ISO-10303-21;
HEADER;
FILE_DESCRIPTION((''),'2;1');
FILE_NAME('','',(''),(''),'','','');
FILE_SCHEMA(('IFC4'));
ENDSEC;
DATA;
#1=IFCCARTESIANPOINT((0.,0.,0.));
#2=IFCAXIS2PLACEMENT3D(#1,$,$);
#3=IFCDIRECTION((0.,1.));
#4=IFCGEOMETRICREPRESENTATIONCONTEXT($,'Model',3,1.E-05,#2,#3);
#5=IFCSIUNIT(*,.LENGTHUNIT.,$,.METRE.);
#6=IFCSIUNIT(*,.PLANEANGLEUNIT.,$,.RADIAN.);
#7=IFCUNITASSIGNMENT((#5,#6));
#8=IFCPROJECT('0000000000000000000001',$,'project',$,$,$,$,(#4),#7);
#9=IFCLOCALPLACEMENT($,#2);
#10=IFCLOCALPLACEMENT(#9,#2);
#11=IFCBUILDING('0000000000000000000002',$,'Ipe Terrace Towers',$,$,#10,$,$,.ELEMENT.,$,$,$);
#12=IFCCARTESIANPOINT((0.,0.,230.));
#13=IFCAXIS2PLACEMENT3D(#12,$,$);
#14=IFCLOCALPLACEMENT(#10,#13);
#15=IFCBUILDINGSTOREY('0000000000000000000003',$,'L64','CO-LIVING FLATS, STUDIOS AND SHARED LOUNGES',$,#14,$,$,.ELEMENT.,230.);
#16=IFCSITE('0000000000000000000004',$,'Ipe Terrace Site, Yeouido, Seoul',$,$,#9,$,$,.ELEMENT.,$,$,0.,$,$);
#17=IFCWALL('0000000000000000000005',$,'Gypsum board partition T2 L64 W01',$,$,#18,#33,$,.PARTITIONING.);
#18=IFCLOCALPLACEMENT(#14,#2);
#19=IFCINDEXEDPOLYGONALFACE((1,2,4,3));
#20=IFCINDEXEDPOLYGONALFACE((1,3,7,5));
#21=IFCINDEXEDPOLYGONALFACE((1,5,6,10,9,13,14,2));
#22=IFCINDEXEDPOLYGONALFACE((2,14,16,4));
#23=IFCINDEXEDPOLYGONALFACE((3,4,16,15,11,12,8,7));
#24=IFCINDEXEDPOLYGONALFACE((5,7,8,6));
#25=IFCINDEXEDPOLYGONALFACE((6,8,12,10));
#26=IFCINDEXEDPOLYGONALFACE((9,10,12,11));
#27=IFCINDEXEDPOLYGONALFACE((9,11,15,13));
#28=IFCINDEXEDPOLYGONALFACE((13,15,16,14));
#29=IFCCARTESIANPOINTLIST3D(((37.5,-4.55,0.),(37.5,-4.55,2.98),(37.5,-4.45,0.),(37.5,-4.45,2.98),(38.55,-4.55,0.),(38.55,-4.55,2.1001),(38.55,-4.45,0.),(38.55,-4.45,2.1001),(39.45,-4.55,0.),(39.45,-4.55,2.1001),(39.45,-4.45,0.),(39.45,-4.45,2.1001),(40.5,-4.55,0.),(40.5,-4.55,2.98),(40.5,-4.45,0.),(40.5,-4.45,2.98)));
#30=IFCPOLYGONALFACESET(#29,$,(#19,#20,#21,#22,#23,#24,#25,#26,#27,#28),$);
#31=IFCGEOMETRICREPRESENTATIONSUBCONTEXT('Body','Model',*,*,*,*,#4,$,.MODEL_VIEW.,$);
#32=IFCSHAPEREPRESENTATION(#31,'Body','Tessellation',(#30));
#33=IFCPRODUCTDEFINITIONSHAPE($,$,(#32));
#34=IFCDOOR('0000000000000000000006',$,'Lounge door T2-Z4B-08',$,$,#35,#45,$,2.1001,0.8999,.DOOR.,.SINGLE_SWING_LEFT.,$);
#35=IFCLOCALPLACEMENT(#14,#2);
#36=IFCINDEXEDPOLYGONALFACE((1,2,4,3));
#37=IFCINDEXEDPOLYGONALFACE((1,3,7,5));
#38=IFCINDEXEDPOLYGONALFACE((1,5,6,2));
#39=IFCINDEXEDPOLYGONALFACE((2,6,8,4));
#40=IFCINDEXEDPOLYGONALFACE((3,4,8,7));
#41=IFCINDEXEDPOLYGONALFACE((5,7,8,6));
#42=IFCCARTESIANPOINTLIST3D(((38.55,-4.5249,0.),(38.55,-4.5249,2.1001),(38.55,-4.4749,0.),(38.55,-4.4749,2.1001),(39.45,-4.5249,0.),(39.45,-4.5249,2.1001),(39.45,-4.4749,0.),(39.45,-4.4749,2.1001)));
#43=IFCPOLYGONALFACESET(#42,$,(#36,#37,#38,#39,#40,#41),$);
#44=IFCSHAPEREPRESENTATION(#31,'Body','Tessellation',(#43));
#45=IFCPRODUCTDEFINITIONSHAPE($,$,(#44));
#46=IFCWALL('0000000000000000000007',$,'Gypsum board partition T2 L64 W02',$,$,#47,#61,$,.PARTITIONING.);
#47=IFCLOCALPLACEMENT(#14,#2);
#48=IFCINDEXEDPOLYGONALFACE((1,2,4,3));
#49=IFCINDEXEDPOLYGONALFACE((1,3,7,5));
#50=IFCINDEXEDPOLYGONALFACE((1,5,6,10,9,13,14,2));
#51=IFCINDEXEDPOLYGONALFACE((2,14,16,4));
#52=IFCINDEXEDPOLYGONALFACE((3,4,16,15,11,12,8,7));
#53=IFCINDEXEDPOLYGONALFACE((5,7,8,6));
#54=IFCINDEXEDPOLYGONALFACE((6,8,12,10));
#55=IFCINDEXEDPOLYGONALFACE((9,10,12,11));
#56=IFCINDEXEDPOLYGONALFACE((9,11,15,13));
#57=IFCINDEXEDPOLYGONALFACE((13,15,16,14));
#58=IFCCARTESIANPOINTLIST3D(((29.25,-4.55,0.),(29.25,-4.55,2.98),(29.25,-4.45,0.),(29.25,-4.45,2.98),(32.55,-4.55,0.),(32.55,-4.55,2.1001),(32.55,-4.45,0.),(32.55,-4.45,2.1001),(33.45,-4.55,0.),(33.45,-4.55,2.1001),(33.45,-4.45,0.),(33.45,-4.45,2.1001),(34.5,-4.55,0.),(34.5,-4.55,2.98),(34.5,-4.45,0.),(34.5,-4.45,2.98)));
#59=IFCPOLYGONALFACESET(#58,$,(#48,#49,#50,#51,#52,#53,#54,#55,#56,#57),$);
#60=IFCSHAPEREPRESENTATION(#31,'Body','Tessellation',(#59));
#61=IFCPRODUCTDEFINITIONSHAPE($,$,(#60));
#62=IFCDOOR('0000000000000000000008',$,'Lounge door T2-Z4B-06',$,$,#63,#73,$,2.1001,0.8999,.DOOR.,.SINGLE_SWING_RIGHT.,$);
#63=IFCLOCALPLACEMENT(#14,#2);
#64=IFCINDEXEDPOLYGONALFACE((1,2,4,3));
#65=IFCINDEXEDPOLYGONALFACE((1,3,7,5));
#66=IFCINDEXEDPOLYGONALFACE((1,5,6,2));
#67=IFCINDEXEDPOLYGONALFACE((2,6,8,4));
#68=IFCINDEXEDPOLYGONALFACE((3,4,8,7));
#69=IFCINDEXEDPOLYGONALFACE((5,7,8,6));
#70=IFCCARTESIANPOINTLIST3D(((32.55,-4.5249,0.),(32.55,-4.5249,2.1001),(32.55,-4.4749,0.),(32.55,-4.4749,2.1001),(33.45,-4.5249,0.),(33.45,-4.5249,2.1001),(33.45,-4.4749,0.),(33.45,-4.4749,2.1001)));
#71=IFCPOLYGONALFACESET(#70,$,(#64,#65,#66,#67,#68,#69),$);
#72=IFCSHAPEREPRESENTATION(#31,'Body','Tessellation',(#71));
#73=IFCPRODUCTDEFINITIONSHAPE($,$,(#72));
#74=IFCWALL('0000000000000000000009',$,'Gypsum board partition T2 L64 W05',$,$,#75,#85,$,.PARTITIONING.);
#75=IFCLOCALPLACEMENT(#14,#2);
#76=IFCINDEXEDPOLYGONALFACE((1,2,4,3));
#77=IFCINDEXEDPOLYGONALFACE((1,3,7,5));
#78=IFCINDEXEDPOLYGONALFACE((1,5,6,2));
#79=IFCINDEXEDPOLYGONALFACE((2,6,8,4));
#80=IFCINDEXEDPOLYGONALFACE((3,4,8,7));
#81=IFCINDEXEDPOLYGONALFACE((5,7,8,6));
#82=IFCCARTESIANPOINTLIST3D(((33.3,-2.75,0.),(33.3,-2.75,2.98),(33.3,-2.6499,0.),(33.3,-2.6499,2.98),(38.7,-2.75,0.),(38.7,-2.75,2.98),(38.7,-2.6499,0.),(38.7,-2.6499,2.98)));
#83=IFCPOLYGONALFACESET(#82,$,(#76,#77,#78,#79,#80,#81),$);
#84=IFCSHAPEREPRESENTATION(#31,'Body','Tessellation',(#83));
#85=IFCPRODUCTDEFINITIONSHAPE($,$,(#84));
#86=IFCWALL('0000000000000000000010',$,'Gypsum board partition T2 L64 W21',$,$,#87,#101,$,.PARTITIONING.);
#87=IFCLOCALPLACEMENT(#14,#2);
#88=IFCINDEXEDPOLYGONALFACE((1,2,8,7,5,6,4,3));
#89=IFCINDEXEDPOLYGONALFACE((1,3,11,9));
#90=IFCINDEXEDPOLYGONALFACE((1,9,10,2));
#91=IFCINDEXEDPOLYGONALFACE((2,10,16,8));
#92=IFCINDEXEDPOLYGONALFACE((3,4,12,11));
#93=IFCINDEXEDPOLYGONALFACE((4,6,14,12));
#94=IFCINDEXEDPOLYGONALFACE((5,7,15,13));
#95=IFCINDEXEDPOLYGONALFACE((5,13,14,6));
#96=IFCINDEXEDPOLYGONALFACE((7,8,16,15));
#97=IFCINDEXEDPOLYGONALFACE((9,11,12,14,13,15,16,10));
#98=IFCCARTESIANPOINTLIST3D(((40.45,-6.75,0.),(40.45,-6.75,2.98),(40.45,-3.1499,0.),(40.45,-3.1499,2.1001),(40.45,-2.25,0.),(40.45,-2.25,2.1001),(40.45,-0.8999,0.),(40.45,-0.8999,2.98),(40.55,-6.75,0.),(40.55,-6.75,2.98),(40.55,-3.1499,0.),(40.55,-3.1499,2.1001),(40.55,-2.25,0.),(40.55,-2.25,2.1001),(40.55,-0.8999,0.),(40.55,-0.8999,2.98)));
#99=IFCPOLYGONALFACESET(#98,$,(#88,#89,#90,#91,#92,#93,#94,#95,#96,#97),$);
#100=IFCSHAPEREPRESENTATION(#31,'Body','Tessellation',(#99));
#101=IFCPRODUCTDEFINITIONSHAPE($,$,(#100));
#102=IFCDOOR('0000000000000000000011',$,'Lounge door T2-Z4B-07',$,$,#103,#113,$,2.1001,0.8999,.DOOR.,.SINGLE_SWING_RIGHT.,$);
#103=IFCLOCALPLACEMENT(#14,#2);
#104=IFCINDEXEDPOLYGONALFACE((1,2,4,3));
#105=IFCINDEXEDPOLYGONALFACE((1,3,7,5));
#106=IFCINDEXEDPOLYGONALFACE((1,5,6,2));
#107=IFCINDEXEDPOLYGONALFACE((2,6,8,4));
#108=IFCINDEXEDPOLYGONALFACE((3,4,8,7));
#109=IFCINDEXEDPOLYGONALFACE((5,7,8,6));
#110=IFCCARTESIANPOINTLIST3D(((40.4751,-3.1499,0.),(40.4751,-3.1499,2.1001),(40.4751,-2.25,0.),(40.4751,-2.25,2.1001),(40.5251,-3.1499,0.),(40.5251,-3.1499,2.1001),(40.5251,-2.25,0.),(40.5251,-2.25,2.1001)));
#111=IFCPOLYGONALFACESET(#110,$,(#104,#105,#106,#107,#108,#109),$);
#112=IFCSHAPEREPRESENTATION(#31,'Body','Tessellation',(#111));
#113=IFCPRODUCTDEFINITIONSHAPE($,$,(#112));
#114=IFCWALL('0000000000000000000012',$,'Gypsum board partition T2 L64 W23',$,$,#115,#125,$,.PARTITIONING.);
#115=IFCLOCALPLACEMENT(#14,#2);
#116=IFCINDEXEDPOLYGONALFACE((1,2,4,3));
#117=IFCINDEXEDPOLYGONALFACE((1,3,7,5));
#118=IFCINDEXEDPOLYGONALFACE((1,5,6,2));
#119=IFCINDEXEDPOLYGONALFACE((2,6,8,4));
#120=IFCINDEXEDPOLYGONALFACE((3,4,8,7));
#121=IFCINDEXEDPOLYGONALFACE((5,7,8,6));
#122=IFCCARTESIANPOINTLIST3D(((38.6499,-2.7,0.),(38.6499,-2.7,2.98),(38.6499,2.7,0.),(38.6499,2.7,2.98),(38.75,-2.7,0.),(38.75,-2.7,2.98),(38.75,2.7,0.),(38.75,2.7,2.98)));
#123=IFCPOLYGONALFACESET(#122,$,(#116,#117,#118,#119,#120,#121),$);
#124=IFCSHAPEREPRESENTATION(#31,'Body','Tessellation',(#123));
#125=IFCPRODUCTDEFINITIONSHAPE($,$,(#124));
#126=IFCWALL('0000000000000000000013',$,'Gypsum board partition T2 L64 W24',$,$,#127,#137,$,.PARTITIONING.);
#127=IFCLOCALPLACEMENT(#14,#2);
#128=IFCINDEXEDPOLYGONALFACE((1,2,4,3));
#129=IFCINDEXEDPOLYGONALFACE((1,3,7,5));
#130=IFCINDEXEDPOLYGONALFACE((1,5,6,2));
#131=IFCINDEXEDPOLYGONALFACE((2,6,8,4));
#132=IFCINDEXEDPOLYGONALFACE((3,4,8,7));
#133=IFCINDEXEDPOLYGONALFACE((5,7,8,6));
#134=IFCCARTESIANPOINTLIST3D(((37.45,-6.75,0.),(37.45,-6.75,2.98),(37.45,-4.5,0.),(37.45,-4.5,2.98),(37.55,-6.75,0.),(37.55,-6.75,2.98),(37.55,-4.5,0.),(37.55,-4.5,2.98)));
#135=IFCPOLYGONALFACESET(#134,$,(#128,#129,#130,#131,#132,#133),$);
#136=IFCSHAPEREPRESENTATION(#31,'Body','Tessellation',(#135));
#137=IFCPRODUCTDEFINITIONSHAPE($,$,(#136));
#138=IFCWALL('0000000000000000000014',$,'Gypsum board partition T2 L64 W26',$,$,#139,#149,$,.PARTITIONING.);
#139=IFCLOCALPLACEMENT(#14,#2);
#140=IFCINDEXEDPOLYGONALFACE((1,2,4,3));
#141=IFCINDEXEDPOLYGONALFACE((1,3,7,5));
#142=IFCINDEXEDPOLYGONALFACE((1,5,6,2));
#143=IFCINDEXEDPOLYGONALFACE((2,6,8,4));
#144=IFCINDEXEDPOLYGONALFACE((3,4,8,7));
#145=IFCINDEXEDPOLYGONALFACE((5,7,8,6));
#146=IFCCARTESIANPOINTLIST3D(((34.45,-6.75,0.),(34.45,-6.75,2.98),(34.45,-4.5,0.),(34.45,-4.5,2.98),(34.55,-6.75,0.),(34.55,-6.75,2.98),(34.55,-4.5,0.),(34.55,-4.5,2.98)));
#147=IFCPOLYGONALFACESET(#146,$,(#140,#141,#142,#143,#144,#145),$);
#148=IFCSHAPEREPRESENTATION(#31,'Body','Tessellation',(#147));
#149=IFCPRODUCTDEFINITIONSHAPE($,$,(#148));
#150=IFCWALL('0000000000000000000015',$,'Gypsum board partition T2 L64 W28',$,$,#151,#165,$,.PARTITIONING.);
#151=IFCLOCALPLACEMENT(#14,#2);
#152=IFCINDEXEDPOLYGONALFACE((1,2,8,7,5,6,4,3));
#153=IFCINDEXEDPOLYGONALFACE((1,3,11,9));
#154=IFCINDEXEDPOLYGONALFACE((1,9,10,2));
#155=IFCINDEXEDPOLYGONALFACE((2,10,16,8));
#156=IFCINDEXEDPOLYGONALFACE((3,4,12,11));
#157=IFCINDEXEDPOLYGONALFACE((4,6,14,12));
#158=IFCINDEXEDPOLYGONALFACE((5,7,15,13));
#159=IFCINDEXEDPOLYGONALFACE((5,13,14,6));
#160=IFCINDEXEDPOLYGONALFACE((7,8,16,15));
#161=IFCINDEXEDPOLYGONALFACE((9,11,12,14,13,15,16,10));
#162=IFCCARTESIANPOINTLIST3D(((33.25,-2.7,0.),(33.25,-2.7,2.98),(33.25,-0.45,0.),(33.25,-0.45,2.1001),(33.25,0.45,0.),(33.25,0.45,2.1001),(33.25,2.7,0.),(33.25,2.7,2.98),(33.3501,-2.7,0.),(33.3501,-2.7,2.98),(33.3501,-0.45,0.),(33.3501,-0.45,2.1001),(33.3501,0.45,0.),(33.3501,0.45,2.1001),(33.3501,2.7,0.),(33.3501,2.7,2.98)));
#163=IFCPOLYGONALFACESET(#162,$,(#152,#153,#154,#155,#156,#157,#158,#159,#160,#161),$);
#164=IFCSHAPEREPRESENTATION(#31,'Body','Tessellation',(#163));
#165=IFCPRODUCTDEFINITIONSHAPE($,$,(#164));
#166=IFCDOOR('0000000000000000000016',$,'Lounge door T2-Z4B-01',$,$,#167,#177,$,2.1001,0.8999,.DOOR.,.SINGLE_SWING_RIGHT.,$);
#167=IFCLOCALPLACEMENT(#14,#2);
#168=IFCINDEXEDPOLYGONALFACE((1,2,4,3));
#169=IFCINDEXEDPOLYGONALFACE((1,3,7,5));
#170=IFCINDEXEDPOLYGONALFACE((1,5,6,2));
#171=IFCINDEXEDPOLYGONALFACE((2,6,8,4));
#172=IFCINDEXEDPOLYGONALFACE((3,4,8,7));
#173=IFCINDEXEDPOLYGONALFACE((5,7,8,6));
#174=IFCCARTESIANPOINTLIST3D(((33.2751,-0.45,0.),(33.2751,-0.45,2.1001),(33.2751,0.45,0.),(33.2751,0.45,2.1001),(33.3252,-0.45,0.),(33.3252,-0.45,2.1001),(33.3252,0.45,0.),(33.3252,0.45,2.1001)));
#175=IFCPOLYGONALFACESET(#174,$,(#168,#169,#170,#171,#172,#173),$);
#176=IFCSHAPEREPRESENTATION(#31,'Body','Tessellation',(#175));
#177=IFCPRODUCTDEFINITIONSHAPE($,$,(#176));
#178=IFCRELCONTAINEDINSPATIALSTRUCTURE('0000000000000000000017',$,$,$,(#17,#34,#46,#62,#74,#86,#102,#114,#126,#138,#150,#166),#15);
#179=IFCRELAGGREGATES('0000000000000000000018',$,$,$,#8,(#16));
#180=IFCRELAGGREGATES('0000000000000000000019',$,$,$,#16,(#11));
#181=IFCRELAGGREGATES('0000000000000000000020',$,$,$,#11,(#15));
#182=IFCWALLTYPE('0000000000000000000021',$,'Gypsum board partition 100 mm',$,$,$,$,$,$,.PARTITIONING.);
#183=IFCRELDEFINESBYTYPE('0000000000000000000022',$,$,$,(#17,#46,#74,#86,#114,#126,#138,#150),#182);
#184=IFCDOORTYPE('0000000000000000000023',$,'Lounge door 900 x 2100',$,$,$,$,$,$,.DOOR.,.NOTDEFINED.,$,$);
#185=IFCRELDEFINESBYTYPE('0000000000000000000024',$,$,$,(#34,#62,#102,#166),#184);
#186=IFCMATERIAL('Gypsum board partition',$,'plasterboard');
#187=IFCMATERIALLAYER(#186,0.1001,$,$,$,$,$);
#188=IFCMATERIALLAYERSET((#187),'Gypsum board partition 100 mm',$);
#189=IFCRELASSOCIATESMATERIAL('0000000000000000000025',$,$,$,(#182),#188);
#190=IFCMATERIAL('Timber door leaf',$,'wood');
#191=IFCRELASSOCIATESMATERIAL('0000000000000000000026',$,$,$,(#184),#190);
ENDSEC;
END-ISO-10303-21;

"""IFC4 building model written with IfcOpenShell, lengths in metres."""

from ifc_helpers import new_model, si_unit, direction, frame, frame_2d, origin, place, context, subcontext, project, spatial, rectangle, extrude, material, layer, layer_set, type_object, element, fill, save


model = new_model("IFC4")

# Units and contexts
model_context = context("Model", 3, precision=1e-05, world=origin(), true_north=direction((0.0, 1.0)))
body_context = subcontext(model_context, "Body", "Model", "MODEL_VIEW")
ifc_project = project(units=[si_unit("LENGTHUNIT", "METRE"), si_unit("PLANEANGLEUNIT", "RADIAN")], contexts=[model_context])

# Site, building, storey
site_placement = place(None, origin())
site = spatial("IfcSite", under=ifc_project, at=site_placement, Name="Ipe Terrace Site, Yeouido, Seoul", CompositionType="ELEMENT", RefElevation=0.0)
building_placement = place(site_placement, origin())
building = spatial("IfcBuilding", under=site, at=building_placement, Name="Ipe Terrace Towers", CompositionType="ELEMENT")
storey_placement = place(building_placement, frame((0.0, 0.0, 230.0)))
storey = spatial("IfcBuildingStorey", under=building, at=storey_placement, Name="L64", Description="CO-LIVING FLATS, STUDIOS AND SHARED LOUNGES", CompositionType="ELEMENT", Elevation=230.0)

# Walls, openings, doors
ifc_material_1 = material(Name="Gypsum board partition", Category="plasterboard")
ifc_layer_1 = layer(ifc_material_1, 0.1001)
ifc_layer_set_1 = layer_set([ifc_layer_1], Name="Gypsum board partition 100 mm")
wall_type_1 = type_object("IfcWallType", Name="Gypsum board partition 100 mm", PredefinedType="PARTITIONING", material=ifc_layer_set_1)
wall_1_placement = place(storey_placement, frame((40.5, -4.5, 0.0), z_axis=(0.0, 0.0, 1.0), x_axis=(-1.0, 0.0, 0.0)))
wall_1 = element("IfcWall", 1, at=wall_1_placement, inside=storey, type_object=wall_type_1, Name="Gypsum board partition T2 L64 W01", PredefinedType="PARTITIONING", context=body_context, shape_type="SweptSolid", body=[
    extrude(rectangle(XDim=3.0, YDim=0.1001, at=frame_2d((1.5, 0.0))), origin(), (0.0, 0.0, 1.0), 2.98),
])
opening_1_placement = place(wall_1_placement, frame((1.05, 0.0, 0.0)))
opening_1 = element("IfcOpeningElement", 2, at=opening_1_placement, cuts=wall_1, PredefinedType="OPENING", context=body_context, shape_type="SweptSolid", body=[
    extrude(rectangle(XDim=0.8999, YDim=2.1001, at=frame_2d((0.45, 1.05))), frame((0.0, 0.0601, 0.0), z_axis=(0.0, -1.0, 0.0), x_axis=(1.0, 0.0, 0.0)), (0.0, 0.0, 1.0), 0.1201),
])
ifc_material_2 = material(Name="Timber door leaf", Category="wood")
door_type = type_object("IfcDoorType", Name="Lounge door 900 x 2100", OperationType="NOTDEFINED", PredefinedType="DOOR", material=ifc_material_2)
door_1_placement = place(opening_1_placement, origin())
door_1 = element("IfcDoor", 3, at=door_1_placement, inside=storey, type_object=door_type, Name="Lounge door T2-Z4B-08", OperationType="SINGLE_SWING_LEFT", OverallHeight=2.1001, OverallWidth=0.8999, PredefinedType="DOOR", context=body_context, shape_type="SweptSolid", body=[
    extrude(rectangle(XDim=0.8999, YDim=2.1001, at=frame_2d((0.45, 1.05))), frame((0.0, 0.0249, 0.0), z_axis=(0.0, -1.0, 0.0), x_axis=(1.0, 0.0, 0.0)), (0.0, 0.0, 1.0), 0.05),
])
fill(opening_1, door_1)
wall_2_placement = place(storey_placement, frame((34.5, -4.5, 0.0), z_axis=(0.0, 0.0, 1.0), x_axis=(-1.0, 0.0, 0.0)))
wall_2 = element("IfcWall", 4, at=wall_2_placement, inside=storey, type_object=wall_type_1, Name="Gypsum board partition T2 L64 W02", PredefinedType="PARTITIONING", context=body_context, shape_type="SweptSolid", body=[
    extrude(rectangle(XDim=5.25, YDim=0.1001, at=frame_2d((2.625, 0.0))), origin(), (0.0, 0.0, 1.0), 2.98),
])
opening_2_placement = place(wall_2_placement, frame((1.05, 0.0, 0.0)))
opening_2 = element("IfcOpeningElement", 5, at=opening_2_placement, cuts=wall_2, PredefinedType="OPENING", context=body_context, shape_type="SweptSolid", body=[
    extrude(rectangle(XDim=0.8999, YDim=2.1001, at=frame_2d((0.45, 1.05))), frame((0.0, 0.0601, 0.0), z_axis=(0.0, -1.0, 0.0), x_axis=(1.0, 0.0, 0.0)), (0.0, 0.0, 1.0), 0.1201),
])
door_2_placement = place(opening_2_placement, origin())
door_2 = element("IfcDoor", 6, at=door_2_placement, inside=storey, type_object=door_type, Name="Lounge door T2-Z4B-06", OperationType="SINGLE_SWING_RIGHT", OverallHeight=2.1001, OverallWidth=0.8999, PredefinedType="DOOR", context=body_context, shape_type="SweptSolid", body=[
    extrude(rectangle(XDim=0.8999, YDim=2.1001, at=frame_2d((0.45, 1.05))), frame((0.0, 0.0249, 0.0), z_axis=(0.0, -1.0, 0.0), x_axis=(1.0, 0.0, 0.0)), (0.0, 0.0, 1.0), 0.05),
])
fill(opening_2, door_2)

# Wall
wall_3_placement = place(storey_placement, frame((38.7, -2.7, 0.0), z_axis=(0.0, 0.0, 1.0), x_axis=(-1.0, 0.0, 0.0)))
element("IfcWall", 7, at=wall_3_placement, inside=storey, type_object=wall_type_1, Name="Gypsum board partition T2 L64 W05", PredefinedType="PARTITIONING", context=body_context, shape_type="SweptSolid", body=[
    extrude(rectangle(XDim=5.3999, YDim=0.1001, at=frame_2d((2.7, 0.0))), origin(), (0.0, 0.0, 1.0), 2.98),
])

# Wall, opening, door
wall_4_placement = place(storey_placement, frame((40.5, -6.75, 0.0), z_axis=(0.0, 0.0, 1.0), x_axis=(0.0, 1.0, 0.0)))
wall_4 = element("IfcWall", 8, at=wall_4_placement, inside=storey, type_object=wall_type_1, Name="Gypsum board partition T2 L64 W21", PredefinedType="PARTITIONING", context=body_context, shape_type="SweptSolid", body=[
    extrude(rectangle(XDim=5.8501, YDim=0.1001, at=frame_2d((2.925, 0.0))), origin(), (0.0, 0.0, 1.0), 2.98),
])
opening_3_placement = place(wall_4_placement, frame((3.6001, 0.0, 0.0)))
opening_3 = element("IfcOpeningElement", 9, at=opening_3_placement, cuts=wall_4, PredefinedType="OPENING", context=body_context, shape_type="SweptSolid", body=[
    extrude(rectangle(XDim=0.8999, YDim=2.1001, at=frame_2d((0.45, 1.05))), frame((0.0, 0.0601, 0.0), z_axis=(0.0, -1.0, 0.0), x_axis=(1.0, 0.0, 0.0)), (0.0, 0.0, 1.0), 0.1201),
])
door_3_placement = place(opening_3_placement, origin())
door_3 = element("IfcDoor", 10, at=door_3_placement, inside=storey, type_object=door_type, Name="Lounge door T2-Z4B-07", OperationType="SINGLE_SWING_RIGHT", OverallHeight=2.1001, OverallWidth=0.8999, PredefinedType="DOOR", context=body_context, shape_type="SweptSolid", body=[
    extrude(rectangle(XDim=0.8999, YDim=2.1001, at=frame_2d((0.45, 1.05))), frame((0.0, 0.0249, 0.0), z_axis=(0.0, -1.0, 0.0), x_axis=(1.0, 0.0, 0.0)), (0.0, 0.0, 1.0), 0.05),
])
fill(opening_3, door_3)

# Walls
wall_5_placement = place(storey_placement, frame((38.7, -2.7, 0.0), z_axis=(0.0, 0.0, 1.0), x_axis=(0.0, 1.0, 0.0)))
element("IfcWall", 11, at=wall_5_placement, inside=storey, type_object=wall_type_1, Name="Gypsum board partition T2 L64 W23", PredefinedType="PARTITIONING", context=body_context, shape_type="SweptSolid", body=[
    extrude(rectangle(XDim=5.3999, YDim=0.1001, at=frame_2d((2.7, 0.0))), origin(), (0.0, 0.0, 1.0), 2.98),
])
for number, where, z_axis, x_axis, name in (
    (12, (37.5, -6.75, 0.0), (0.0, 0.0, 1.0), (0.0, 1.0, 0.0), "Gypsum board partition T2 L64 W24"),
    (13, (34.5, -6.75, 0.0), (0.0, 0.0, 1.0), (0.0, 1.0, 0.0), "Gypsum board partition T2 L64 W26"),
):
    element("IfcWall", number, at=place(storey_placement, frame(where, z_axis=z_axis, x_axis=x_axis)), inside=storey, type_object=wall_type_1, Name=name, PredefinedType="PARTITIONING", context=body_context, shape_type="SweptSolid", body=[
        extrude(rectangle(XDim=2.25, YDim=0.1001, at=frame_2d((1.125, 0.0))), origin(), (0.0, 0.0, 1.0), 2.98),
    ])

# Wall, opening, door
wall_6_placement = place(storey_placement, frame((33.3, -2.7, 0.0), z_axis=(0.0, 0.0, 1.0), x_axis=(0.0, 1.0, 0.0)))
wall_6 = element("IfcWall", 14, at=wall_6_placement, inside=storey, type_object=wall_type_1, Name="Gypsum board partition T2 L64 W28", PredefinedType="PARTITIONING", context=body_context, shape_type="SweptSolid", body=[
    extrude(rectangle(XDim=5.3999, YDim=0.1001, at=frame_2d((2.7, 0.0))), origin(), (0.0, 0.0, 1.0), 2.98),
])
opening_4_placement = place(wall_6_placement, frame((2.25, 0.0, 0.0)))
opening_4 = element("IfcOpeningElement", 15, at=opening_4_placement, cuts=wall_6, PredefinedType="OPENING", context=body_context, shape_type="SweptSolid", body=[
    extrude(rectangle(XDim=0.8999, YDim=2.1001, at=frame_2d((0.45, 1.05))), frame((0.0, 0.0601, 0.0), z_axis=(0.0, -1.0, 0.0), x_axis=(1.0, 0.0, 0.0)), (0.0, 0.0, 1.0), 0.1201),
])
door_4_placement = place(opening_4_placement, origin())
door_4 = element("IfcDoor", 16, at=door_4_placement, inside=storey, type_object=door_type, Name="Lounge door T2-Z4B-01", OperationType="SINGLE_SWING_RIGHT", OverallHeight=2.1001, OverallWidth=0.8999, PredefinedType="DOOR", context=body_context, shape_type="SweptSolid", body=[
    extrude(rectangle(XDim=0.8999, YDim=2.1001, at=frame_2d((0.45, 1.05))), frame((0.0, 0.0249, 0.0), z_axis=(0.0, -1.0, 0.0), x_axis=(1.0, 0.0, 0.0)), (0.0, 0.0, 1.0), 0.05),
])
fill(opening_4, door_4)

save(model, "model.ifc")
